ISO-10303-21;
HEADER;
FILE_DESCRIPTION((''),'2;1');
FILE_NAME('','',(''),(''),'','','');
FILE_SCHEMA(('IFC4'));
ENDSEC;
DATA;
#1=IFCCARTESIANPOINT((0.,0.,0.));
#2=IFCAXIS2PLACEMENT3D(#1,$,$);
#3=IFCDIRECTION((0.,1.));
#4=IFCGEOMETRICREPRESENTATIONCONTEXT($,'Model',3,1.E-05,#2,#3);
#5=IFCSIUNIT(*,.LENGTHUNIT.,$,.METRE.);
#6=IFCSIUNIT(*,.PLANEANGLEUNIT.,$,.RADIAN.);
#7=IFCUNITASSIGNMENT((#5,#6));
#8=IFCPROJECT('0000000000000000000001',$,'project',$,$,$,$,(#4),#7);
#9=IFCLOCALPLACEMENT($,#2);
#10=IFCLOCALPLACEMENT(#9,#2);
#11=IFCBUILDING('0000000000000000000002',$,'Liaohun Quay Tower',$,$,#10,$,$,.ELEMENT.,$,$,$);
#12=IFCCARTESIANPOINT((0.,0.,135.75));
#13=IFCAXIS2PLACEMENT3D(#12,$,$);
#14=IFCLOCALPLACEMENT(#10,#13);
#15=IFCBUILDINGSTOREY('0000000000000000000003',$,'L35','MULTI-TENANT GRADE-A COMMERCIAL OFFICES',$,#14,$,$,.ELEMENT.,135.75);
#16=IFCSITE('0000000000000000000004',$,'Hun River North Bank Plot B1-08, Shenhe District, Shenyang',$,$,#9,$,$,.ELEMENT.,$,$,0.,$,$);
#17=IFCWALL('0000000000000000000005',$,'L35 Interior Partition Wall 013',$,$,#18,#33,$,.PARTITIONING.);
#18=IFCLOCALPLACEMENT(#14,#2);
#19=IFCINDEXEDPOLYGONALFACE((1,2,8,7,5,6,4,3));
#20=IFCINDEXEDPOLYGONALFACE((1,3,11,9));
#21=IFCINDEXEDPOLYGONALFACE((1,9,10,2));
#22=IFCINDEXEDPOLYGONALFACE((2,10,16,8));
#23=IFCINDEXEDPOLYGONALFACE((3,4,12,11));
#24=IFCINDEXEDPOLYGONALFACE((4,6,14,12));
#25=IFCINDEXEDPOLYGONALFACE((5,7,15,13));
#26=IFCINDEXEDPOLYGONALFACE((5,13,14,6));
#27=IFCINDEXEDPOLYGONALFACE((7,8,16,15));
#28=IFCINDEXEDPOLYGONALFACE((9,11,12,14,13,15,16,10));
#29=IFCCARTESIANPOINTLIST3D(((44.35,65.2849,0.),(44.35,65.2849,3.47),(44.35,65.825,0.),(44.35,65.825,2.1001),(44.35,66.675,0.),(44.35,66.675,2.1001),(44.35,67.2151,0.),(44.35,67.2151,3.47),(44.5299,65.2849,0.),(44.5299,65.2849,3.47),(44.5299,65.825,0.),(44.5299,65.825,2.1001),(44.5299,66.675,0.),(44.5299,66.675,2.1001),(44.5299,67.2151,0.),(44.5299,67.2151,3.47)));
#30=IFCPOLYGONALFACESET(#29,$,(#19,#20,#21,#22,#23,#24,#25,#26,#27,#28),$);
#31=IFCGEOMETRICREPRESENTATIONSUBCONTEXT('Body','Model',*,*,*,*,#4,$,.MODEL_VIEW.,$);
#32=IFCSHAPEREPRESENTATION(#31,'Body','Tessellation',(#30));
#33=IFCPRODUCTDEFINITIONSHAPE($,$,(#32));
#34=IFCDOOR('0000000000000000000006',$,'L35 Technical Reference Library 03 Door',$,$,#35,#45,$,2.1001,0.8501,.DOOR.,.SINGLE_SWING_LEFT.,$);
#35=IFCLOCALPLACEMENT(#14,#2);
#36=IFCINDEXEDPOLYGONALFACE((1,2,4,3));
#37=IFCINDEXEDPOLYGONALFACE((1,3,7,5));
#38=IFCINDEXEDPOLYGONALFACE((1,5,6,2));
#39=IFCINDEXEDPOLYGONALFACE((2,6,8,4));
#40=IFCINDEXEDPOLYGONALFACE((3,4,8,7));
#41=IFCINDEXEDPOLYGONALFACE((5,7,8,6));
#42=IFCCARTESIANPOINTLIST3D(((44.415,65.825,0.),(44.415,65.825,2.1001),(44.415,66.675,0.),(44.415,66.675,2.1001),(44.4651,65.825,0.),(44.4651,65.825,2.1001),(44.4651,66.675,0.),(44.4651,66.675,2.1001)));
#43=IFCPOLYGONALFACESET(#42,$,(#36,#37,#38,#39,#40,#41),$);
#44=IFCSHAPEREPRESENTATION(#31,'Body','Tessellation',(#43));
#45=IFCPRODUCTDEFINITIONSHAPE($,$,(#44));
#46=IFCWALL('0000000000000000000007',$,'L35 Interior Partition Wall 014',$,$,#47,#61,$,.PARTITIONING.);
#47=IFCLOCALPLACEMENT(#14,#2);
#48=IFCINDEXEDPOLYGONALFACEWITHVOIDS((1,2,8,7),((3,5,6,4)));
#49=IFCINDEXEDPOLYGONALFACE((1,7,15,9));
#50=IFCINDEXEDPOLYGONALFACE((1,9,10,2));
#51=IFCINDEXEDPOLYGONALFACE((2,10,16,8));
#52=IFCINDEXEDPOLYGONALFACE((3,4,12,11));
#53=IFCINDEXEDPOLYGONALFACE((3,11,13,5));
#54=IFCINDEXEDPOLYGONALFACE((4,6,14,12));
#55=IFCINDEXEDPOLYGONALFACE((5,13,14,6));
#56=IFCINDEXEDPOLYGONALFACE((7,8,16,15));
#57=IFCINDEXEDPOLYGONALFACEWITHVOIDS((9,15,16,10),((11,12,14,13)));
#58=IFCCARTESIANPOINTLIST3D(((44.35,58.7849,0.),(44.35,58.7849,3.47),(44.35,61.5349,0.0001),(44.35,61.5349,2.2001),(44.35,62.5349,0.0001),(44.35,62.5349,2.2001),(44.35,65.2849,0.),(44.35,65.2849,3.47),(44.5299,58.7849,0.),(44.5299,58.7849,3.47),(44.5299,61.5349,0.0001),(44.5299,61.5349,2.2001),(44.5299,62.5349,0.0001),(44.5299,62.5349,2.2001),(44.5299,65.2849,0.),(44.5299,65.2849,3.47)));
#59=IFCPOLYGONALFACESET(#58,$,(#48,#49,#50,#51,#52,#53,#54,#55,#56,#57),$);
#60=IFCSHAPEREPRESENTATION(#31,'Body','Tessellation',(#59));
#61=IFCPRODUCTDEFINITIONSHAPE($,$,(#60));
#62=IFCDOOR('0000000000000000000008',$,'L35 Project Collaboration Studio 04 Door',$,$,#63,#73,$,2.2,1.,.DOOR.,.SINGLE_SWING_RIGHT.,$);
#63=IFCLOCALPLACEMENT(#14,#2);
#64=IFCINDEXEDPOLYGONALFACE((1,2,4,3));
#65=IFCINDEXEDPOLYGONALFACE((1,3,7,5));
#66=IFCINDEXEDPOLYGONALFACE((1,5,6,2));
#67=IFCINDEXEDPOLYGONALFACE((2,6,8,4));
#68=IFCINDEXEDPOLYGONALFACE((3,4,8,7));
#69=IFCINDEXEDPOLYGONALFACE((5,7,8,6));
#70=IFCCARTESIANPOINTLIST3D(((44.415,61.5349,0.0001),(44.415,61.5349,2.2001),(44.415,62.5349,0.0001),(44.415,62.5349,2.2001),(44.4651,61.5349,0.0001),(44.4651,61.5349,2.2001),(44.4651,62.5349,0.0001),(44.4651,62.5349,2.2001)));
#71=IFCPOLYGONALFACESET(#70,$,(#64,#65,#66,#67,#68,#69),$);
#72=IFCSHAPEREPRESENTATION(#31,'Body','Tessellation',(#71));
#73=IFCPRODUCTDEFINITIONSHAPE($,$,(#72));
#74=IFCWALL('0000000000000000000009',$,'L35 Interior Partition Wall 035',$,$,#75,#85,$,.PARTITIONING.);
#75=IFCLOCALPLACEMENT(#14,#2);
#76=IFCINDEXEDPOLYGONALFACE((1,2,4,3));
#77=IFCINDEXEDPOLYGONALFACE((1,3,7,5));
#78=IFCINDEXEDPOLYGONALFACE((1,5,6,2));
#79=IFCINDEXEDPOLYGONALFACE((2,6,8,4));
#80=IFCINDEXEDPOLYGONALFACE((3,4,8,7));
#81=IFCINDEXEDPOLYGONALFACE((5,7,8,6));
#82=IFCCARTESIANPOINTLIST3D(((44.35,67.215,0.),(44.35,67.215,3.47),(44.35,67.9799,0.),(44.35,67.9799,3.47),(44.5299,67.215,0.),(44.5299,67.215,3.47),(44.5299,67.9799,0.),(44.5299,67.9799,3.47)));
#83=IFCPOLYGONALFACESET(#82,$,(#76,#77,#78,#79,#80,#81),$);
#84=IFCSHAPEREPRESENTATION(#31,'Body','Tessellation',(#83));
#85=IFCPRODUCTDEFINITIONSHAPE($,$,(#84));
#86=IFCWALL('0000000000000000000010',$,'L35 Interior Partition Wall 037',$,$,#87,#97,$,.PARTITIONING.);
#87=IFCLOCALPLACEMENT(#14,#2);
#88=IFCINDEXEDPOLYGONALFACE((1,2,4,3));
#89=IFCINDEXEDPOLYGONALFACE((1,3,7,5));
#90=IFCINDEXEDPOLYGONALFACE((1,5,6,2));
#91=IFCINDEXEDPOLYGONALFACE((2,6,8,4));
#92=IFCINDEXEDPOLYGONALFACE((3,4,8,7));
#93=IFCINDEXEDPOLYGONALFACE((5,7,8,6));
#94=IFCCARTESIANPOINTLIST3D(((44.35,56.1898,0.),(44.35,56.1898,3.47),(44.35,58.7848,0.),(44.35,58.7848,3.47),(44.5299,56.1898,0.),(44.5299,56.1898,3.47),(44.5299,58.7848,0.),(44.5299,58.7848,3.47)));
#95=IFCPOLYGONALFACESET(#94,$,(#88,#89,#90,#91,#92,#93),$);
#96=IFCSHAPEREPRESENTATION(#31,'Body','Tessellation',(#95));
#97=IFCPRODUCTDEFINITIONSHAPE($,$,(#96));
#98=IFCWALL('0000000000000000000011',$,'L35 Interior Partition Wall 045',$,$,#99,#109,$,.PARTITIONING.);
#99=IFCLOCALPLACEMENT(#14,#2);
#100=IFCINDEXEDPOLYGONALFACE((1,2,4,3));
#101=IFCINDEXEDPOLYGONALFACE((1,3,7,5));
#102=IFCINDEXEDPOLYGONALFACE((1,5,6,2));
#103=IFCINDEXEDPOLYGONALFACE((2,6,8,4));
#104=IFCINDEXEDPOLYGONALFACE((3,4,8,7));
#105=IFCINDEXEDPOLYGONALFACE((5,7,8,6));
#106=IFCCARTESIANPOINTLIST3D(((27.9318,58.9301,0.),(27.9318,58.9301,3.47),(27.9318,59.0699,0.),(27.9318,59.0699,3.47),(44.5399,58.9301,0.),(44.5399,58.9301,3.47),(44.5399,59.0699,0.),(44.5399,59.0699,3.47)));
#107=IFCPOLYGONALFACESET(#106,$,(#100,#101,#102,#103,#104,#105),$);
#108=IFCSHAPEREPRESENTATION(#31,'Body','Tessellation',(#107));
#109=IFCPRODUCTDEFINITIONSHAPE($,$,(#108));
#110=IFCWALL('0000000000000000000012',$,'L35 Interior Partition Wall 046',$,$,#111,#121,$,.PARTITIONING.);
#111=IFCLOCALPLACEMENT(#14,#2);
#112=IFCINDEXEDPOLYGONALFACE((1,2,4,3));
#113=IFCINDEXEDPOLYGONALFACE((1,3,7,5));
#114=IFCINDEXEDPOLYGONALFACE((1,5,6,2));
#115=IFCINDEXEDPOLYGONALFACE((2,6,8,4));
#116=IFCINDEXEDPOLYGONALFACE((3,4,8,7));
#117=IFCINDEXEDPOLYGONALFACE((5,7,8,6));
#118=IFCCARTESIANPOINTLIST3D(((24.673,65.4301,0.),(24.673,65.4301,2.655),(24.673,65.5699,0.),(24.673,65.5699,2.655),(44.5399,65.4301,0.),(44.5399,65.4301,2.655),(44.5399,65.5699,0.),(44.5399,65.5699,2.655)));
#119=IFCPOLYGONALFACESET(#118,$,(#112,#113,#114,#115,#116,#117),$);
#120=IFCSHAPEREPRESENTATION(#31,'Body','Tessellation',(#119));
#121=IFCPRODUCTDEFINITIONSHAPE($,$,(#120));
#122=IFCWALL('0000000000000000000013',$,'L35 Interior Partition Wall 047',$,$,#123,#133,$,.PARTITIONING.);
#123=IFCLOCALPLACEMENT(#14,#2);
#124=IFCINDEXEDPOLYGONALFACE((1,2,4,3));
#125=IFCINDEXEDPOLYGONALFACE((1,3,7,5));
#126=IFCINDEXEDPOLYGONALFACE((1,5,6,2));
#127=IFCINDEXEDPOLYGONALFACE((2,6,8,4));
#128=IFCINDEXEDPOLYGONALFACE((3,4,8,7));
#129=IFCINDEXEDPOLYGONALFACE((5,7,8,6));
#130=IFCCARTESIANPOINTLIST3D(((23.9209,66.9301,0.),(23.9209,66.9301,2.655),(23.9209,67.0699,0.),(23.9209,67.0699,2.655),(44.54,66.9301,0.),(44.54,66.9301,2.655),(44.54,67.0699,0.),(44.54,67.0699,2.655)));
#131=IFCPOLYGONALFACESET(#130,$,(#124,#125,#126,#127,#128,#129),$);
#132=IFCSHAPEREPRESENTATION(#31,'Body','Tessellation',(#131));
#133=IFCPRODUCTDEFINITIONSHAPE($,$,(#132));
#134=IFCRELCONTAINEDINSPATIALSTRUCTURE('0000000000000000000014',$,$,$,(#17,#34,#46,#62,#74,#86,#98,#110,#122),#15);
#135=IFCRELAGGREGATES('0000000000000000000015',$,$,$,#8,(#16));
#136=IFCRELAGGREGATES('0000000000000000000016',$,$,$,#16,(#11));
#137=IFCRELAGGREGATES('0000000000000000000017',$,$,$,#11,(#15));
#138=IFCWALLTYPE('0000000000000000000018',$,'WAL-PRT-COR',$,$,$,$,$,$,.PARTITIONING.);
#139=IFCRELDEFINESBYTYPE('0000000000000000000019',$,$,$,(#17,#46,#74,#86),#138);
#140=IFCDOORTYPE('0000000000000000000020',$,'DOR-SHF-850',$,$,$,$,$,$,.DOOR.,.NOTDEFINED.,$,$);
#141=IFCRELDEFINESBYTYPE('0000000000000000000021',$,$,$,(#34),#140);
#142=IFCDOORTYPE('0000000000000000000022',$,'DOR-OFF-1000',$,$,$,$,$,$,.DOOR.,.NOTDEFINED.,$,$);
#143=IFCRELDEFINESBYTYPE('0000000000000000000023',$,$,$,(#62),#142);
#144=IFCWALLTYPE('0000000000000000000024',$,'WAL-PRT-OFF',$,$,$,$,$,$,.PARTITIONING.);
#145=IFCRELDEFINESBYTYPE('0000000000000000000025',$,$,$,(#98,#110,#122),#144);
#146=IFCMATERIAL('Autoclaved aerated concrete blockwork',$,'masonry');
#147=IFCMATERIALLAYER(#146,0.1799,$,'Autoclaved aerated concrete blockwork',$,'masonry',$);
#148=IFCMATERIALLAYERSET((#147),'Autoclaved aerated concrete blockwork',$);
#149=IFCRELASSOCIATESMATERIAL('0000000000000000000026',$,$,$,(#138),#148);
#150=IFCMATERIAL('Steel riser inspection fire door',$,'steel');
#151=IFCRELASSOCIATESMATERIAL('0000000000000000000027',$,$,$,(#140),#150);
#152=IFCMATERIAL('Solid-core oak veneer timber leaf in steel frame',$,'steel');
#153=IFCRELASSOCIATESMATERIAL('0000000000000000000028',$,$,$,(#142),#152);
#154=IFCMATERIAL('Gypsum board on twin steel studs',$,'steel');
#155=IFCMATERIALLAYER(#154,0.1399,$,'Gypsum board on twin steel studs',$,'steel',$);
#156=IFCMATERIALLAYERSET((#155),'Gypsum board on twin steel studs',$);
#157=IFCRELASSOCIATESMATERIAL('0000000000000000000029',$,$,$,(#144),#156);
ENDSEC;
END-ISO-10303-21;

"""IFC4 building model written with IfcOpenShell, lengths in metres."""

from ifc_helpers import new_model, si_unit, direction, frame, frame_2d, origin, place, context, subcontext, project, spatial, rectangle, extrude, source, transform, mapped, material, layer, layer_set, type_object, element, fill, save


model = new_model("IFC4")

# Units and contexts
model_context = context("Model", 3, precision=1e-05, world=origin(), true_north=direction((0.0, 1.0)))
body_context = subcontext(model_context, "Body", "Model", "MODEL_VIEW")
ifc_project = project(units=[si_unit("LENGTHUNIT", "METRE"), si_unit("PLANEANGLEUNIT", "RADIAN")], contexts=[model_context])

# Site, building, storey
site_placement = place(None, origin())
site = spatial("IfcSite", under=ifc_project, at=site_placement, Name="Hun River North Bank Plot B1-08, Shenhe District, Shenyang", CompositionType="ELEMENT", RefElevation=0.0)
building_placement = place(site_placement, origin())
building = spatial("IfcBuilding", under=site, at=building_placement, Name="Liaohun Quay Tower", CompositionType="ELEMENT")
storey_placement = place(building_placement, frame((0.0, 0.0, 135.75)))
storey = spatial("IfcBuildingStorey", under=building, at=storey_placement, Name="L35", Description="MULTI-TENANT GRADE-A COMMERCIAL OFFICES", CompositionType="ELEMENT", Elevation=135.75)

# Walls, openings, doors
ifc_material_1 = material(Name="Autoclaved aerated concrete blockwork", Category="masonry")
ifc_layer_1 = layer(ifc_material_1, 0.1799, Name="Autoclaved aerated concrete blockwork", Category="masonry")
ifc_layer_set_1 = layer_set([ifc_layer_1], Name="Autoclaved aerated concrete blockwork")
wall_type_1 = type_object("IfcWallType", Name="WAL-PRT-COR", PredefinedType="PARTITIONING", material=ifc_layer_set_1)
wall_1_placement = place(storey_placement, frame((44.4399, 65.2849, 0.0), z_axis=(0.0, 0.0, 1.0), x_axis=(0.0, 1.0, 0.0)))
wall_1 = element("IfcWall", 1, at=wall_1_placement, inside=storey, type_object=wall_type_1, Name="L35 Interior Partition Wall 013", PredefinedType="PARTITIONING", context=body_context, shape_type="SweptSolid", body=[
    extrude(rectangle(XDim=1.9302, YDim=0.1799, at=frame_2d((0.9651, 0.0))), origin(), (0.0, 0.0, 1.0), 3.47),
])
shared_shape_1 = source(origin(), body_context, "Body", "SweptSolid", [
    extrude(rectangle(XDim=0.8501, YDim=2.1001, at=frame_2d((0.425, 1.05))), frame((0.0, 0.0999, 0.0), z_axis=(0.0, -1.0, 0.0), x_axis=(1.0, 0.0, 0.0)), (0.0, 0.0, 1.0), 0.2),
])
opening_1_placement = place(wall_1_placement, frame((0.54, 0.0, 0.0)))
opening_1 = element("IfcOpeningElement", 2, at=opening_1_placement, cuts=wall_1, PredefinedType="OPENING", context=body_context, shape_type="MappedRepresentation", body=[
    mapped(shared_shape_1, transform((0.0, 0.0, 0.0), x_axis=(1.0, 0.0, 0.0), y_axis=(0.0, 1.0, 0.0), z_axis=(0.0, 0.0, 1.0), scale=1.0)),
])
ifc_material_2 = material(Name="Steel riser inspection fire door", Category="steel")
door_type_1 = type_object("IfcDoorType", Name="DOR-SHF-850", OperationType="NOTDEFINED", PredefinedType="DOOR", material=ifc_material_2)
shared_shape_2 = source(origin(), body_context, "Body", "SweptSolid", [
    extrude(rectangle(XDim=0.8501, YDim=2.1001, at=frame_2d((0.425, 1.05))), frame((0.0, 0.0249, 0.0), z_axis=(0.0, -1.0, 0.0), x_axis=(1.0, 0.0, 0.0)), (0.0, 0.0, 1.0), 0.05),
])
door_1_placement = place(opening_1_placement, origin())
door_1 = element("IfcDoor", 3, at=door_1_placement, inside=storey, type_object=door_type_1, Name="L35 Technical Reference Library 03 Door", OperationType="SINGLE_SWING_LEFT", OverallHeight=2.1001, OverallWidth=0.8501, PredefinedType="DOOR", context=body_context, shape_type="MappedRepresentation", body=[
    mapped(shared_shape_2, transform((0.0, 0.0, 0.0), x_axis=(1.0, 0.0, 0.0), y_axis=(0.0, 1.0, 0.0), z_axis=(0.0, 0.0, 1.0), scale=1.0)),
])
fill(opening_1, door_1)
wall_2_placement = place(storey_placement, frame((44.4399, 58.7849, 0.0), z_axis=(0.0, 0.0, 1.0), x_axis=(0.0, 1.0, 0.0)))
wall_2 = element("IfcWall", 4, at=wall_2_placement, inside=storey, type_object=wall_type_1, Name="L35 Interior Partition Wall 014", PredefinedType="PARTITIONING", context=body_context, shape_type="SweptSolid", body=[
    extrude(rectangle(XDim=6.5, YDim=0.1799, at=frame_2d((3.25, 0.0))), origin(), (0.0, 0.0, 1.0), 3.47),
])
shared_shape_3 = source(origin(), body_context, "Body", "SweptSolid", [
    extrude(rectangle(XDim=1.0, YDim=2.2, at=frame_2d((0.5, 1.1001))), frame((0.0, 0.0999, 0.0), z_axis=(0.0, -1.0, 0.0), x_axis=(1.0, 0.0, 0.0)), (0.0, 0.0, 1.0), 0.2),
])
opening_2_placement = place(wall_2_placement, frame((2.75, 0.0, 0.0)))
opening_2 = element("IfcOpeningElement", 5, at=opening_2_placement, cuts=wall_2, PredefinedType="OPENING", context=body_context, shape_type="MappedRepresentation", body=[
    mapped(shared_shape_3, transform((0.0, 0.0, 0.0), x_axis=(1.0, 0.0, 0.0), y_axis=(0.0, 1.0, 0.0), z_axis=(0.0, 0.0, 1.0), scale=1.0)),
])
ifc_material_3 = material(Name="Solid-core oak veneer timber leaf in steel frame", Category="steel")
door_type_2 = type_object("IfcDoorType", Name="DOR-OFF-1000", OperationType="NOTDEFINED", PredefinedType="DOOR", material=ifc_material_3)
shared_shape_4 = source(origin(), body_context, "Body", "SweptSolid", [
    extrude(rectangle(XDim=1.0, YDim=2.2, at=frame_2d((0.5, 1.1001))), frame((0.0, 0.0249, 0.0), z_axis=(0.0, -1.0, 0.0), x_axis=(1.0, 0.0, 0.0)), (0.0, 0.0, 1.0), 0.05),
])
door_2_placement = place(opening_2_placement, origin())
door_2 = element("IfcDoor", 6, at=door_2_placement, inside=storey, type_object=door_type_2, Name="L35 Project Collaboration Studio 04 Door", OperationType="SINGLE_SWING_RIGHT", OverallHeight=2.2, OverallWidth=1.0, PredefinedType="DOOR", context=body_context, shape_type="MappedRepresentation", body=[
    mapped(shared_shape_4, transform((0.0, 0.0, 0.0), x_axis=(1.0, 0.0, 0.0), y_axis=(0.0, 1.0, 0.0), z_axis=(0.0, 0.0, 1.0), scale=1.0)),
])
fill(opening_2, door_2)

# Walls
wall_3_placement = place(storey_placement, frame((44.4399, 67.2151, 0.0), z_axis=(0.0, 0.0, 1.0), x_axis=(0.0, 1.0, 0.0)))
element("IfcWall", 7, at=wall_3_placement, inside=storey, type_object=wall_type_1, Name="L35 Interior Partition Wall 035", PredefinedType="PARTITIONING", context=body_context, shape_type="SweptSolid", body=[
    extrude(rectangle(XDim=0.7649, YDim=0.1799, at=frame_2d((0.3823, 0.0))), origin(), (0.0, 0.0, 1.0), 3.47),
])
wall_4_placement = place(storey_placement, frame((44.4399, 56.1899, 0.0), z_axis=(0.0, 0.0, 1.0), x_axis=(0.0, 1.0, 0.0)))
element("IfcWall", 8, at=wall_4_placement, inside=storey, type_object=wall_type_1, Name="L35 Interior Partition Wall 037", PredefinedType="PARTITIONING", context=body_context, shape_type="SweptSolid", body=[
    extrude(rectangle(XDim=2.595, YDim=0.1799, at=frame_2d((1.2974, 0.0))), origin(), (0.0, 0.0, 1.0), 3.47),
])
ifc_material_4 = material(Name="Gypsum board on twin steel studs", Category="steel")
ifc_layer_2 = layer(ifc_material_4, 0.1399, Name="Gypsum board on twin steel studs", Category="steel")
ifc_layer_set_2 = layer_set([ifc_layer_2], Name="Gypsum board on twin steel studs")
wall_type_2 = type_object("IfcWallType", Name="WAL-PRT-OFF", PredefinedType="PARTITIONING", material=ifc_layer_set_2)
wall_5_placement = place(storey_placement, frame((44.54, 59.0, 0.0), z_axis=(0.0, 0.0, 1.0), x_axis=(-1.0, 0.0, 0.0)))
element("IfcWall", 9, at=wall_5_placement, inside=storey, type_object=wall_type_2, Name="L35 Interior Partition Wall 045", PredefinedType="PARTITIONING", context=body_context, shape_type="SweptSolid", body=[
    extrude(rectangle(XDim=16.6082, YDim=0.1399, at=frame_2d((8.3042, 0.0))), origin(), (0.0, 0.0, 1.0), 3.47),
])
wall_6_placement = place(storey_placement, frame((44.54, 65.5, 0.0), z_axis=(0.0, 0.0, 1.0), x_axis=(-1.0, 0.0, 0.0)))
element("IfcWall", 10, at=wall_6_placement, inside=storey, type_object=wall_type_2, Name="L35 Interior Partition Wall 046", PredefinedType="PARTITIONING", context=body_context, shape_type="SweptSolid", body=[
    extrude(rectangle(XDim=19.8669, YDim=0.1399, at=frame_2d((9.9336, 0.0))), origin(), (0.0, 0.0, 1.0), 2.655),
])
wall_7_placement = place(storey_placement, frame((44.54, 67.0, 0.0), z_axis=(0.0, 0.0, 1.0), x_axis=(-1.0, 0.0, 0.0)))
element("IfcWall", 11, at=wall_7_placement, inside=storey, type_object=wall_type_2, Name="L35 Interior Partition Wall 047", PredefinedType="PARTITIONING", context=body_context, shape_type="SweptSolid", body=[
    extrude(rectangle(XDim=20.6191, YDim=0.1399, at=frame_2d((10.3096, 0.0))), origin(), (0.0, 0.0, 1.0), 2.655),
])

save(model, "model.ifc")
